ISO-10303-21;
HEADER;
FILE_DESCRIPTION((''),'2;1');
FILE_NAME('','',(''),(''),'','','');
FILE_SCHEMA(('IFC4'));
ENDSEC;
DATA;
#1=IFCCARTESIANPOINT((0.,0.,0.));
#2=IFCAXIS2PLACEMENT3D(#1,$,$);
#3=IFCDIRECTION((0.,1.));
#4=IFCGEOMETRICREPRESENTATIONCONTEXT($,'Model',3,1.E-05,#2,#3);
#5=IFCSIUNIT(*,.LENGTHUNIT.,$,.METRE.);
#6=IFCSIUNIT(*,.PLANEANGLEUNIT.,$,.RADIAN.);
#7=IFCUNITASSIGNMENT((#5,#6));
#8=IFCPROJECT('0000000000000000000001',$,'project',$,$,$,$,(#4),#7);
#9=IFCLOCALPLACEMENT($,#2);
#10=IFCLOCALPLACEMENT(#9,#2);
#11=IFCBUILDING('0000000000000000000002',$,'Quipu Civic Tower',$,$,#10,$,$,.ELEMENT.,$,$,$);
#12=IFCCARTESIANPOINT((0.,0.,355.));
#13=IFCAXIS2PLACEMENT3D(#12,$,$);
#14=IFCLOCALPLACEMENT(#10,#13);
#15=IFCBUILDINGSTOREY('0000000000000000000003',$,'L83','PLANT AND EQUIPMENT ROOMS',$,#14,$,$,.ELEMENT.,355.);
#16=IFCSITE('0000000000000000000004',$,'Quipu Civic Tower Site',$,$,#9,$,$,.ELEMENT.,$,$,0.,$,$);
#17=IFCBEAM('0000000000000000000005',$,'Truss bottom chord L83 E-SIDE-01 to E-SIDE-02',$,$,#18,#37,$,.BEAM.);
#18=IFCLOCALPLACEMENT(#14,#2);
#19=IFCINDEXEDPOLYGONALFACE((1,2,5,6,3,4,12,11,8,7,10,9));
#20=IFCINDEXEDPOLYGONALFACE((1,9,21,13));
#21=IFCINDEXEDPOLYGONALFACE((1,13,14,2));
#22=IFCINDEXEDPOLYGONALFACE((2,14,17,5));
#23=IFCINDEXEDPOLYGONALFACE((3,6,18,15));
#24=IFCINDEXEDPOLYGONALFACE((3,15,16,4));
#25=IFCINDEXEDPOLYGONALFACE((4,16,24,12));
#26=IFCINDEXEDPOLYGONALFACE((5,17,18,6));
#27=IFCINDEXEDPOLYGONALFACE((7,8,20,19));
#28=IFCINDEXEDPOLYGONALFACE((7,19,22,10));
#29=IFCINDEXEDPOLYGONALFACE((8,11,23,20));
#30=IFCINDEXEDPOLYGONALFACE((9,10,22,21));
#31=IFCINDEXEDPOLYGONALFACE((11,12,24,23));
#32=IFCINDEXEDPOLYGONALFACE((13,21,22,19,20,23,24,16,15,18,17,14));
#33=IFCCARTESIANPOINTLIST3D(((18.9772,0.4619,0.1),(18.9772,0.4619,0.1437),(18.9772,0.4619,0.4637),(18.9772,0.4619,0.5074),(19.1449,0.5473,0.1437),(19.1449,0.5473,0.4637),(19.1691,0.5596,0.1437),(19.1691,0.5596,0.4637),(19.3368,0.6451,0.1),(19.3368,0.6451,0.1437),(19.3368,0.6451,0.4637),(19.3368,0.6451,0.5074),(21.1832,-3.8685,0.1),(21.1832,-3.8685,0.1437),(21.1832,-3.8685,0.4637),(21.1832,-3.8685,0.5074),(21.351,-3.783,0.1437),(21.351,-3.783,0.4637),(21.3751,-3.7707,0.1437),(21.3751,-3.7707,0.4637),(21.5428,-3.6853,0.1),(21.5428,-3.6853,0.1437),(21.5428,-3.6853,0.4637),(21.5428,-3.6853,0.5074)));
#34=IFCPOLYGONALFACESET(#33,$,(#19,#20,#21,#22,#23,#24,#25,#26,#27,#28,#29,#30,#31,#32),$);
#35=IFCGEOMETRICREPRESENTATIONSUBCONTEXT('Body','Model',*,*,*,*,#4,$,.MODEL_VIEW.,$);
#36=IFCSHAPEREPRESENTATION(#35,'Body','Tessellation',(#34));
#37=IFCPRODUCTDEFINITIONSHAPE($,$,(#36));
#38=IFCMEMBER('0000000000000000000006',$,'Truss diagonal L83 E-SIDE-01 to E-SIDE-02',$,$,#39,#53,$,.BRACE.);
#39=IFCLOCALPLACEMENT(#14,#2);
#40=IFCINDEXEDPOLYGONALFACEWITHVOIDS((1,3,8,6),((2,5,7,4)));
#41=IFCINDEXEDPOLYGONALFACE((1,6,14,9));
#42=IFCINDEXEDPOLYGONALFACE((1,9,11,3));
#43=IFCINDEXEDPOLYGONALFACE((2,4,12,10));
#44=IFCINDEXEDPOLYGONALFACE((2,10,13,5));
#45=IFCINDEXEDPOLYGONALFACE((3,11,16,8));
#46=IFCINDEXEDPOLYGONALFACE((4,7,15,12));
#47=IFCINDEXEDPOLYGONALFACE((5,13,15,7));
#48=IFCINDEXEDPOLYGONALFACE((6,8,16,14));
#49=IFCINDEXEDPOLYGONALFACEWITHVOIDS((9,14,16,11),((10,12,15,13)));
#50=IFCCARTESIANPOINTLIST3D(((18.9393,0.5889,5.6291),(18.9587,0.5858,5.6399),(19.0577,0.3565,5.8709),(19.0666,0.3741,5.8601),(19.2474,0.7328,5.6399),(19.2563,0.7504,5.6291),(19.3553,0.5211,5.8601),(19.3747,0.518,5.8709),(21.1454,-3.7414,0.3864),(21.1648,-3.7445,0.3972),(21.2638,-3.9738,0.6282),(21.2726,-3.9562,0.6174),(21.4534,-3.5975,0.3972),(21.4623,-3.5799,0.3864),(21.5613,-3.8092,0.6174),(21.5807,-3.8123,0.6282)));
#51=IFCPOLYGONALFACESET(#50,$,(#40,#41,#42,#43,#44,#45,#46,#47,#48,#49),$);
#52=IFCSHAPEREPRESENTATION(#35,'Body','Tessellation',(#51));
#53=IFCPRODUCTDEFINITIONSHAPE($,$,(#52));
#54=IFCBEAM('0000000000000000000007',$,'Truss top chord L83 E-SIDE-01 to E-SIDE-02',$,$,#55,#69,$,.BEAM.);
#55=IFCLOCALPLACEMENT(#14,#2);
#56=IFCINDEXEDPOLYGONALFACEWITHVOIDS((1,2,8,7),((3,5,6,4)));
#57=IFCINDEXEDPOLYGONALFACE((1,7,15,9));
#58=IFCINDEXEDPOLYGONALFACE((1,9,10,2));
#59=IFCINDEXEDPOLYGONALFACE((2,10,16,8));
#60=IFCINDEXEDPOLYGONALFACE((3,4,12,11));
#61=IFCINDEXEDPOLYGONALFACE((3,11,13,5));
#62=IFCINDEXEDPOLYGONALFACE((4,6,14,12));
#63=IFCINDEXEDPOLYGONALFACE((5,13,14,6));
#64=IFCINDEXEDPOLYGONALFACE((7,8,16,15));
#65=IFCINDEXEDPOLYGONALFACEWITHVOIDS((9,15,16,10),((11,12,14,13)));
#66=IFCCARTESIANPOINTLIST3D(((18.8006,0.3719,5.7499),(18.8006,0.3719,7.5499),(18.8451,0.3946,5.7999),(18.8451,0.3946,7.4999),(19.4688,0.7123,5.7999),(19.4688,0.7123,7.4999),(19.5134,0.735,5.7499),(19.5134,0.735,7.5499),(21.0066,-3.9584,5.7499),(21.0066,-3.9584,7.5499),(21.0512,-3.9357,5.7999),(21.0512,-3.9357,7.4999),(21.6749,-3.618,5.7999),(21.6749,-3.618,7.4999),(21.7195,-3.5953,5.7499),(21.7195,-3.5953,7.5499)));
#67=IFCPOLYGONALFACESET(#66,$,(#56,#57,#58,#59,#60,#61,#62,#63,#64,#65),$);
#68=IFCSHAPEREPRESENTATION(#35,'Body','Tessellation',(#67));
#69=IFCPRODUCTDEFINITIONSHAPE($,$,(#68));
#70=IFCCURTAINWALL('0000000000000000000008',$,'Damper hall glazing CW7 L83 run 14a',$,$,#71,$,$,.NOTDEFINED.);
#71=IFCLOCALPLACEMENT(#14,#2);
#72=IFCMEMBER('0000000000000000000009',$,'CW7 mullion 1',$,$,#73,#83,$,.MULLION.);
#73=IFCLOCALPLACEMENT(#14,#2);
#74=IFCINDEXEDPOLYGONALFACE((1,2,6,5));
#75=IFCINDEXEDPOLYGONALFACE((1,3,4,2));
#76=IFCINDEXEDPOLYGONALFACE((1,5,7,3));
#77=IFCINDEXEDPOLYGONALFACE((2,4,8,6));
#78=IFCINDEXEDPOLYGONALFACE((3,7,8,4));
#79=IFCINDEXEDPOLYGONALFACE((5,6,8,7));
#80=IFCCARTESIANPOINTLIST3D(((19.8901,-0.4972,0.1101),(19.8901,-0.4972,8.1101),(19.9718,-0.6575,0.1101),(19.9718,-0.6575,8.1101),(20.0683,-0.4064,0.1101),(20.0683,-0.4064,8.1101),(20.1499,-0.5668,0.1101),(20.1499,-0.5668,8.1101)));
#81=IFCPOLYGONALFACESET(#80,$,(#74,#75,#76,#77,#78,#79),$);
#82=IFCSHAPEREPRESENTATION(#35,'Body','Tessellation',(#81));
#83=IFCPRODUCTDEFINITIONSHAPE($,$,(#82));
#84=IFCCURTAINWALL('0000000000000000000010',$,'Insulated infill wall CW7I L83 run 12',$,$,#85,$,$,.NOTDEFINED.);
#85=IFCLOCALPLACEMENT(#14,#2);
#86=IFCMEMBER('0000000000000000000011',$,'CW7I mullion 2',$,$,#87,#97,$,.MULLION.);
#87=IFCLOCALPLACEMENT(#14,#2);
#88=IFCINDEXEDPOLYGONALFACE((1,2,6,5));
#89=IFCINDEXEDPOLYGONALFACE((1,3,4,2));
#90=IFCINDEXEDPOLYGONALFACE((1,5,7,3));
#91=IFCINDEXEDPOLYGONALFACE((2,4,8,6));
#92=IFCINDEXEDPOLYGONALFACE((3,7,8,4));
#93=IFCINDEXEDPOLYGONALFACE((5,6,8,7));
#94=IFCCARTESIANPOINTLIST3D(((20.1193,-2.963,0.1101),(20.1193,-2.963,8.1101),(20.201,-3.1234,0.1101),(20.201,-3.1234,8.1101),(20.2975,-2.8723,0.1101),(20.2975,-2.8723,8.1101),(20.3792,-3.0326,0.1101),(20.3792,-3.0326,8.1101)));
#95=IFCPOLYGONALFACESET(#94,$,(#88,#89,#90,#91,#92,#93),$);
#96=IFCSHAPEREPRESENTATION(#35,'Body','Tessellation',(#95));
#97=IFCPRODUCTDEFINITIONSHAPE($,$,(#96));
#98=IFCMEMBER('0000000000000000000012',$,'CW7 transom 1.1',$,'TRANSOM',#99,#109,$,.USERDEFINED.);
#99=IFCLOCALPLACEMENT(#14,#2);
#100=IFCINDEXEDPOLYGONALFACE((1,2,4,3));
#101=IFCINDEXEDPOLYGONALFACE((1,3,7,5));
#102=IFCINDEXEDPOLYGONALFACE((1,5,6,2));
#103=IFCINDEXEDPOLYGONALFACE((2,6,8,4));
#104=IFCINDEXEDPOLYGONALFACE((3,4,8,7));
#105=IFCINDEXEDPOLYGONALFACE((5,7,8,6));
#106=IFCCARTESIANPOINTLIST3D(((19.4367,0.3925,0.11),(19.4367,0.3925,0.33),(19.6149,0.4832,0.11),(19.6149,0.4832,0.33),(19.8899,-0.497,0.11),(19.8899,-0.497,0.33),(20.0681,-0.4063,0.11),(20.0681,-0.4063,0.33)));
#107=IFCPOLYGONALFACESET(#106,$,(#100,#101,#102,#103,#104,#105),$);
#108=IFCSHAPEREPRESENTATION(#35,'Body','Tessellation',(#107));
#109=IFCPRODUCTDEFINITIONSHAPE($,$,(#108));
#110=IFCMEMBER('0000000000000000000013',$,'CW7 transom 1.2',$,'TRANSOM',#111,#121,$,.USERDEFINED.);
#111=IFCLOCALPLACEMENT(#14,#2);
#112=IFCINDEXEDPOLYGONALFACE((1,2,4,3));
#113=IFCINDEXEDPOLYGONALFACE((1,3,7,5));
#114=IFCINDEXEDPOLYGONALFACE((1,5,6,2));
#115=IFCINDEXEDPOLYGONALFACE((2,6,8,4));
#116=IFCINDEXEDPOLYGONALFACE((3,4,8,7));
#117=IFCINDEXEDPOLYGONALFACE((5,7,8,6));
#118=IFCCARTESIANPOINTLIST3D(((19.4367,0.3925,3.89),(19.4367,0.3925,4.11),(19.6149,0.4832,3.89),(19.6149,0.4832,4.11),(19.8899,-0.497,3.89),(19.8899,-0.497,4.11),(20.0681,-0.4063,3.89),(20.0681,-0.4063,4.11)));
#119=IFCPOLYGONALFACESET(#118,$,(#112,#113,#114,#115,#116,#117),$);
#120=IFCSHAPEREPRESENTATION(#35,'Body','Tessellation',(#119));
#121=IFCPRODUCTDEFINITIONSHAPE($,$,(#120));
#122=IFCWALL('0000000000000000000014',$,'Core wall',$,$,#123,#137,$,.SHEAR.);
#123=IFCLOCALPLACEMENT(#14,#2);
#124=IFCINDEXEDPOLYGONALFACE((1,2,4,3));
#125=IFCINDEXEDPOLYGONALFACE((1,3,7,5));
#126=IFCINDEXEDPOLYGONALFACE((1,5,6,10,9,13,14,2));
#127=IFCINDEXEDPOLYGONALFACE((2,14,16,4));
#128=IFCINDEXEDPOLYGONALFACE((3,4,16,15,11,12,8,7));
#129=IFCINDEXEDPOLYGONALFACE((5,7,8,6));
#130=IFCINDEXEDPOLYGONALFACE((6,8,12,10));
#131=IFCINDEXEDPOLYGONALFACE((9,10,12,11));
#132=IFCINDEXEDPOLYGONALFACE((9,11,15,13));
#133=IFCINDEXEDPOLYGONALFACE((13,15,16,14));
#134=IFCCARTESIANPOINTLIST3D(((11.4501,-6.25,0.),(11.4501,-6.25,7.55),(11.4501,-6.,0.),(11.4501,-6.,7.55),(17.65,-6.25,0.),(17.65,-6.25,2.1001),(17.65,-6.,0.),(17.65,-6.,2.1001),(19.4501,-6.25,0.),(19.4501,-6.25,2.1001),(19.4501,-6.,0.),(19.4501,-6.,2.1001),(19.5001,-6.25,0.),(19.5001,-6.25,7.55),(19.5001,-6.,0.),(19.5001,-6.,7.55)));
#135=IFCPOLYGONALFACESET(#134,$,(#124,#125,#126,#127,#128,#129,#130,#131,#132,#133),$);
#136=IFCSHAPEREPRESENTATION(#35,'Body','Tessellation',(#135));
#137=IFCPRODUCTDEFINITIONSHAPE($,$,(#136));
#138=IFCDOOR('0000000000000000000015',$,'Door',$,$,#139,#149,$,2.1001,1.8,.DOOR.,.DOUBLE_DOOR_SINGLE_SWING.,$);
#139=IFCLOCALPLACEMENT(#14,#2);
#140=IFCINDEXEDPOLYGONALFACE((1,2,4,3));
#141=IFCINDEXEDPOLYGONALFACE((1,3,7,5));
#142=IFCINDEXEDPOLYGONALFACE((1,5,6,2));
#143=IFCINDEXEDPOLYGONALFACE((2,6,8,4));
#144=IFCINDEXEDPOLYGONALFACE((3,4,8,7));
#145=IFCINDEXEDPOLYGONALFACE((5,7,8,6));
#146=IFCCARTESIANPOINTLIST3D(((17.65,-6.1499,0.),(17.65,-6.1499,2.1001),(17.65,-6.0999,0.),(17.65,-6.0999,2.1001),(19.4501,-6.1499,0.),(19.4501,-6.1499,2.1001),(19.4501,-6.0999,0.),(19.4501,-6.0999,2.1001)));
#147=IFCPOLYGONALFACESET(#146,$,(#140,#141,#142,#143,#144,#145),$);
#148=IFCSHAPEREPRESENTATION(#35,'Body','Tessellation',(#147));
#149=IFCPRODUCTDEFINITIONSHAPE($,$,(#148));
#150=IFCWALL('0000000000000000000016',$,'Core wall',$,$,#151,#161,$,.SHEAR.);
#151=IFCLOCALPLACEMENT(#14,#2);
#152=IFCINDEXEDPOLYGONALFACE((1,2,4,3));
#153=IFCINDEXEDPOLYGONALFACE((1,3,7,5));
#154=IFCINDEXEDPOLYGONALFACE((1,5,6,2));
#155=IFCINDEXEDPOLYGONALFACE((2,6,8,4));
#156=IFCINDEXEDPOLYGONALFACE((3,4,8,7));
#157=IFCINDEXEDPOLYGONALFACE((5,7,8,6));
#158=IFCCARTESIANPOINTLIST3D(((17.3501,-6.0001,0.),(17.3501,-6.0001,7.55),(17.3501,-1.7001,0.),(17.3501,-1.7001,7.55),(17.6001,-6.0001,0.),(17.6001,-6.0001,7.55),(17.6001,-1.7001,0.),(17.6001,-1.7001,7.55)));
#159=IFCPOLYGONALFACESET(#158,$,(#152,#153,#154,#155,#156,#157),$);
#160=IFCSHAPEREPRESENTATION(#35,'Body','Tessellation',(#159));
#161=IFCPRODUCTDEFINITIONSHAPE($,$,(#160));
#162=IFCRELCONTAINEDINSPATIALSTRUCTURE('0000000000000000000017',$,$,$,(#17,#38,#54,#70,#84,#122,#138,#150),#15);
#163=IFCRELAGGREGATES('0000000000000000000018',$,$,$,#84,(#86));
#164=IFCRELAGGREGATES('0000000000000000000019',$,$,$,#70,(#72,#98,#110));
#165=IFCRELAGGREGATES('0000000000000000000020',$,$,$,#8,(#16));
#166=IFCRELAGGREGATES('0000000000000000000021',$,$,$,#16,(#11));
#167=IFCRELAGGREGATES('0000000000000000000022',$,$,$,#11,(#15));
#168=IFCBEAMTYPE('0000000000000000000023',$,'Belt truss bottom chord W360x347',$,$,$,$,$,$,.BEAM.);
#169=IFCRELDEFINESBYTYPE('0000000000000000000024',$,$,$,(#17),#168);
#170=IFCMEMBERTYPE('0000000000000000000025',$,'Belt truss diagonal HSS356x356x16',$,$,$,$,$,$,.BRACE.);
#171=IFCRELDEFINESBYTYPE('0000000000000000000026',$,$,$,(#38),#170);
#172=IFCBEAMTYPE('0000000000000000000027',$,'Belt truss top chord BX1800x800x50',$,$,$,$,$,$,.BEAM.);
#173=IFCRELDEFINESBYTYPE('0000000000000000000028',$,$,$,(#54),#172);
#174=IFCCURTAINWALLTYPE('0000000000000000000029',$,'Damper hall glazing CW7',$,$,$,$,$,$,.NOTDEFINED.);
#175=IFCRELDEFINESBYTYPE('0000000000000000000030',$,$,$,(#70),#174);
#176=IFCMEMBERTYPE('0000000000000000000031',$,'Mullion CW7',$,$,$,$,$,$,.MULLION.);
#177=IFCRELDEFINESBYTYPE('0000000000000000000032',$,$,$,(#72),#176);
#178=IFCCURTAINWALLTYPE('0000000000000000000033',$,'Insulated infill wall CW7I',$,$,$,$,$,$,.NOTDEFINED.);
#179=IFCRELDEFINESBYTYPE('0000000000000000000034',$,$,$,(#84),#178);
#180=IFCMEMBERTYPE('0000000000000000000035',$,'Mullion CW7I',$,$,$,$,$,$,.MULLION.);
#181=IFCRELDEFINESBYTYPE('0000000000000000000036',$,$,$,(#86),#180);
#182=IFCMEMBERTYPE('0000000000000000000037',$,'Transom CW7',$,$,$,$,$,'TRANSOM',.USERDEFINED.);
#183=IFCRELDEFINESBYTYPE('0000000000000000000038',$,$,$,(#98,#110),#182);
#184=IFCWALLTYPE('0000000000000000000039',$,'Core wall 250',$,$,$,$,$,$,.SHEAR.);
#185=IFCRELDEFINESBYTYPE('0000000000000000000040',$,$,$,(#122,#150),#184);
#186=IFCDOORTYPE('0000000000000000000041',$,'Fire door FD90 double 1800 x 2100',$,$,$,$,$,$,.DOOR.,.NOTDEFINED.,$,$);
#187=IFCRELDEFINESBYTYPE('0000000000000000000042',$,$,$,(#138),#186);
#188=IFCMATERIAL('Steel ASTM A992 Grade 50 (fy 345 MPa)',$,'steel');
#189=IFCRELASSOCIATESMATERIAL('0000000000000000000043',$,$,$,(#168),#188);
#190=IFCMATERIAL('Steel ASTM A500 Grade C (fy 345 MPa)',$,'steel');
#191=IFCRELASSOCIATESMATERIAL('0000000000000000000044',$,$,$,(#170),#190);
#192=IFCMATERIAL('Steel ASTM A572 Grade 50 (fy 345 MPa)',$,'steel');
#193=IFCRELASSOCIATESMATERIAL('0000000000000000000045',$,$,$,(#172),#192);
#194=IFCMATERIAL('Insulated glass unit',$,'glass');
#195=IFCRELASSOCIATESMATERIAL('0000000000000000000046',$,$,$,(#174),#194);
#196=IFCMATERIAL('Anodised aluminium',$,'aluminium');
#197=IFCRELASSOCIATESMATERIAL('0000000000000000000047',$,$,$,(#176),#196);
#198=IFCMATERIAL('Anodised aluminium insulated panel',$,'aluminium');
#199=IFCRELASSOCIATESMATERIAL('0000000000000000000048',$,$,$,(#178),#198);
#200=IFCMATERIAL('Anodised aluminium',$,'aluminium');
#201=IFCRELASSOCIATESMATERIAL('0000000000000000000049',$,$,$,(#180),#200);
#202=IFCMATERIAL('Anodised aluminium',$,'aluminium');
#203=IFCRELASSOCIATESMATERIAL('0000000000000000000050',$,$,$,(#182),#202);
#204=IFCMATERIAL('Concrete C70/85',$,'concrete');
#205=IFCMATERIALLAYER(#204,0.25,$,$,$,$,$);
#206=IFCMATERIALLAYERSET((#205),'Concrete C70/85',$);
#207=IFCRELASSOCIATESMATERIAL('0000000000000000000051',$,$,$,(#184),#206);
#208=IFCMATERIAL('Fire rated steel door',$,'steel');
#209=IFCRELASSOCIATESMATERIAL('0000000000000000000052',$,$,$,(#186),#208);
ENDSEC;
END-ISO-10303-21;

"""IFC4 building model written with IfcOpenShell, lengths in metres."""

from ifc_helpers import new_model, si_unit, direction, frame, frame_2d, origin, origin_2d, place, context, subcontext, project, spatial, rectangle, hollow_rectangle, i_section, extrude, material, layer, layer_set, material_profile, profile_set, type_object, element, fill, aggregate, save


model = new_model("IFC4")

# Units and contexts
model_context = context("Model", 3, precision=1e-05, world=origin(), true_north=direction((0.0, 1.0)))
body_context = subcontext(model_context, "Body", "Model", "MODEL_VIEW")
ifc_project = project(units=[si_unit("LENGTHUNIT", "METRE"), si_unit("PLANEANGLEUNIT", "RADIAN")], contexts=[model_context])

# Site, building, storey
site_placement = place(None, origin())
site = spatial("IfcSite", under=ifc_project, at=site_placement, Name="Quipu Civic Tower Site", CompositionType="ELEMENT", RefElevation=0.0)
building_placement = place(site_placement, origin())
building = spatial("IfcBuilding", under=site, at=building_placement, Name="Quipu Civic Tower", CompositionType="ELEMENT")
storey_placement = place(building_placement, frame((0.0, 0.0, 355.0)))
storey = spatial("IfcBuildingStorey", under=building, at=storey_placement, Name="L83", Description="PLANT AND EQUIPMENT ROOMS", CompositionType="ELEMENT", Elevation=355.0)

# Beam
ifc_material_1 = material(Name="Steel ASTM A992 Grade 50 (fy 345 MPa)", Category="steel")
ifc_material_profile_1 = material_profile(ifc_material_1, i_section(OverallWidth=0.4036, OverallDepth=0.4075, WebThickness=0.0271, FlangeThickness=0.0437, at=origin_2d()), Name="W360x347")
ifc_profile_set_1 = profile_set([ifc_material_profile_1], Name="Steel ASTM A992 Grade 50 (fy 345 MPa)")
beam_type_1 = type_object("IfcBeamType", Name="Belt truss bottom chord W360x347", PredefinedType="BEAM", material=ifc_profile_set_1)
beam_1_placement = place(storey_placement, frame((21.363, -3.7769, 0.3037), z_axis=(-0.453933, 0.891036, 0.0), x_axis=(-0.891036, -0.453933, 0.0)))
element("IfcBeam", 1, at=beam_1_placement, inside=storey, type_object=beam_type_1, Name="Truss bottom chord L83 E-SIDE-01 to E-SIDE-02", PredefinedType="BEAM", context=body_context, shape_type="SweptSolid", body=[
    extrude(i_section(OverallWidth=0.4036, OverallDepth=0.4075, WebThickness=0.0271, FlangeThickness=0.0437, at=origin_2d()), origin(), (0.0, 0.0, 1.0), 4.8599),
])

# Member
ifc_material_2 = material(Name="Steel ASTM A500 Grade C (fy 345 MPa)", Category="steel")
ifc_material_profile_2 = material_profile(ifc_material_2, hollow_rectangle(XDim=0.3557, YDim=0.3557, WallThickness=0.0159, at=origin_2d()), Name="HSS356x356x16")
ifc_profile_set_2 = profile_set([ifc_material_profile_2], Name="Steel ASTM A500 Grade C (fy 345 MPa)")
member_type_1 = type_object("IfcMemberType", Name="Belt truss diagonal HSS356x356x16", PredefinedType="BRACE", material=ifc_profile_set_2)
member_1_placement = place(storey_placement, frame((21.363, -3.7769, 0.5073), z_axis=(-0.308595, 0.605749, 0.733374), x_axis=(-0.891036, -0.453933, 0.0)))
element("IfcMember", 2, at=member_1_placement, inside=storey, type_object=member_type_1, Name="Truss diagonal L83 E-SIDE-01 to E-SIDE-02", PredefinedType="BRACE", context=body_context, shape_type="SweptSolid", body=[
    extrude(hollow_rectangle(XDim=0.3557, YDim=0.3557, WallThickness=0.0159, at=origin_2d()), origin(), (0.0, 0.0, 1.0), 7.1487),
])

# Beam
ifc_material_3 = material(Name="Steel ASTM A572 Grade 50 (fy 345 MPa)", Category="steel")
ifc_material_profile_3 = material_profile(ifc_material_3, hollow_rectangle(XDim=0.8, YDim=1.8, WallThickness=0.05, at=origin_2d()), Name="BX1800x800x50")
ifc_profile_set_3 = profile_set([ifc_material_profile_3], Name="Steel ASTM A572 Grade 50 (fy 345 MPa)")
beam_type_2 = type_object("IfcBeamType", Name="Belt truss top chord BX1800x800x50", PredefinedType="BEAM", material=ifc_profile_set_3)
beam_2_placement = place(storey_placement, frame((21.363, -3.7769, 6.6499), z_axis=(-0.453933, 0.891036, 0.0), x_axis=(-0.891036, -0.453933, 0.0)))
element("IfcBeam", 3, at=beam_2_placement, inside=storey, type_object=beam_type_2, Name="Truss top chord L83 E-SIDE-01 to E-SIDE-02", PredefinedType="BEAM", context=body_context, shape_type="SweptSolid", body=[
    extrude(hollow_rectangle(XDim=0.8, YDim=1.8, WallThickness=0.05, at=origin_2d()), origin(), (0.0, 0.0, 1.0), 4.8599),
])

# Curtain walls, members
ifc_material_4 = material(Name="Insulated glass unit", Category="glass")
curtain_wall_type_1 = type_object("IfcCurtainWallType", Name="Damper hall glazing CW7", PredefinedType="NOTDEFINED", material=ifc_material_4)
curtain_wall_1_placement = place(storey_placement, origin())
curtain_wall_1 = element("IfcCurtainWall", 4, at=curtain_wall_1_placement, inside=storey, type_object=curtain_wall_type_1, Name="Damper hall glazing CW7 L83 run 14a", PredefinedType="NOTDEFINED")
ifc_material_5 = material(Name="Anodised aluminium", Category="aluminium")
ifc_material_profile_4 = material_profile(ifc_material_5, rectangle(XDim=0.2, YDim=0.1799, at=origin_2d()), Name="RECT 200x180")
ifc_profile_set_4 = profile_set([ifc_material_profile_4], Name="Anodised aluminium")
member_type_2 = type_object("IfcMemberType", Name="Mullion CW7", PredefinedType="MULLION", material=ifc_profile_set_4)
member_2_placement = place(storey_placement, frame((20.02, -0.532, 0.1101), z_axis=(0.0, 0.0, 1.0), x_axis=(-0.891, -0.454003, 0.0)))
member_2 = element("IfcMember", 5, at=member_2_placement, type_object=member_type_2, Name="CW7 mullion 1", PredefinedType="MULLION", context=body_context, shape_type="SweptSolid", body=[
    extrude(rectangle(XDim=0.2, YDim=0.1799, at=origin_2d()), origin(), (0.0, 0.0, 1.0), 8.0),
])
ifc_material_6 = material(Name="Anodised aluminium insulated panel", Category="aluminium")
curtain_wall_type_2 = type_object("IfcCurtainWallType", Name="Insulated infill wall CW7I", PredefinedType="NOTDEFINED", material=ifc_material_6)
curtain_wall_2_placement = place(storey_placement, origin())
curtain_wall_2 = element("IfcCurtainWall", 6, at=curtain_wall_2_placement, inside=storey, type_object=curtain_wall_type_2, Name="Insulated infill wall CW7I L83 run 12", PredefinedType="NOTDEFINED")
ifc_material_7 = material(Name="Anodised aluminium", Category="aluminium")
ifc_material_profile_5 = material_profile(ifc_material_7, rectangle(XDim=0.2, YDim=0.1799, at=origin_2d()), Name="RECT 200x180")
ifc_profile_set_5 = profile_set([ifc_material_profile_5], Name="Anodised aluminium")
member_type_3 = type_object("IfcMemberType", Name="Mullion CW7I", PredefinedType="MULLION", material=ifc_profile_set_5)
member_3_placement = place(storey_placement, frame((20.2493, -2.9978, 0.1101), z_axis=(0.0, 0.0, 1.0), x_axis=(-0.891001, -0.454002, 0.0)))
member_3 = element("IfcMember", 7, at=member_3_placement, type_object=member_type_3, Name="CW7I mullion 2", PredefinedType="MULLION", context=body_context, shape_type="SweptSolid", body=[
    extrude(rectangle(XDim=0.2, YDim=0.1799, at=origin_2d()), origin(), (0.0, 0.0, 1.0), 8.0),
])
aggregate(curtain_wall_2, [member_3])

# Members
ifc_material_8 = material(Name="Anodised aluminium", Category="aluminium")
ifc_material_profile_6 = material_profile(ifc_material_8, rectangle(XDim=0.2, YDim=0.22, at=origin_2d()), Name="RECT 200x220")
ifc_profile_set_6 = profile_set([ifc_material_profile_6], Name="Anodised aluminium")
member_type_4 = type_object("IfcMemberType", Name="Transom CW7", ElementType="TRANSOM", PredefinedType="USERDEFINED", material=ifc_profile_set_6)
member_4_placement = place(storey_placement, frame((19.979, -0.4517, 0.22), z_axis=(-0.453951, 0.891026, 0.0), x_axis=(-0.891026, -0.453951, 0.0)))
member_4 = element("IfcMember", 8, at=member_4_placement, type_object=member_type_4, Name="CW7 transom 1.1", ObjectType="TRANSOM", PredefinedType="USERDEFINED", context=body_context, shape_type="SweptSolid", body=[
    extrude(rectangle(XDim=0.2, YDim=0.22, at=origin_2d()), origin(), (0.0, 0.0, 1.0), 0.9983),
])
member_5_placement = place(storey_placement, frame((19.979, -0.4517, 4.0), z_axis=(-0.453951, 0.891026, 0.0), x_axis=(-0.891026, -0.453951, 0.0)))
member_5 = element("IfcMember", 9, at=member_5_placement, type_object=member_type_4, Name="CW7 transom 1.2", ObjectType="TRANSOM", PredefinedType="USERDEFINED", context=body_context, shape_type="SweptSolid", body=[
    extrude(rectangle(XDim=0.2, YDim=0.22, at=origin_2d()), origin(), (0.0, 0.0, 1.0), 0.9983),
])
aggregate(curtain_wall_1, [member_2, member_4, member_5])

# Wall, opening, door
ifc_material_9 = material(Name="Concrete C70/85", Category="concrete")
ifc_layer_1 = layer(ifc_material_9, 0.25)
ifc_layer_set_1 = layer_set([ifc_layer_1], Name="Concrete C70/85")
wall_type_1 = type_object("IfcWallType", Name="Core wall 250", PredefinedType="SHEAR", material=ifc_layer_set_1)
wall_1_placement = place(storey_placement, frame((19.5, -6.125, 0.0), z_axis=(0.0, 0.0, 1.0), x_axis=(-1.0, 0.0, 0.0)))
wall_1 = element("IfcWall", 10, at=wall_1_placement, inside=storey, type_object=wall_type_1, Name="Core wall", PredefinedType="SHEAR", context=body_context, shape_type="SweptSolid", body=[
    extrude(rectangle(XDim=8.05, YDim=0.25, at=frame_2d((4.0249, 0.0))), origin(), (0.0, 0.0, 1.0), 7.55),
])
opening_1_placement = place(wall_1_placement, frame((0.05, 0.0, 0.0)))
opening_1 = element("IfcOpeningElement", 11, at=opening_1_placement, cuts=wall_1, PredefinedType="OPENING", context=body_context, shape_type="SweptSolid", body=[
    extrude(rectangle(XDim=1.8, YDim=2.1001, at=frame_2d((0.8999, 1.05))), frame((0.0, 0.135, 0.0), z_axis=(0.0, -1.0, 0.0), x_axis=(1.0, 0.0, 0.0)), (0.0, 0.0, 1.0), 0.27),
])
ifc_material_10 = material(Name="Fire rated steel door", Category="steel")
door_type_1 = type_object("IfcDoorType", Name="Fire door FD90 double 1800 x 2100", OperationType="NOTDEFINED", PredefinedType="DOOR", material=ifc_material_10)
door_1_placement = place(opening_1_placement, origin())
door_1 = element("IfcDoor", 12, at=door_1_placement, inside=storey, type_object=door_type_1, Name="Door", OperationType="DOUBLE_DOOR_SINGLE_SWING", OverallHeight=2.1001, OverallWidth=1.8, PredefinedType="DOOR", context=body_context, shape_type="SweptSolid", body=[
    extrude(rectangle(XDim=1.8, YDim=2.1001, at=frame_2d((0.8999, 1.05))), frame((0.0, 0.0249, 0.0), z_axis=(0.0, -1.0, 0.0), x_axis=(1.0, 0.0, 0.0)), (0.0, 0.0, 1.0), 0.05),
])
fill(opening_1, door_1)

# Wall
wall_2_placement = place(storey_placement, frame((17.4751, -6.0, 0.0), z_axis=(0.0, 0.0, 1.0), x_axis=(0.0, 1.0, 0.0)))
element("IfcWall", 13, at=wall_2_placement, inside=storey, type_object=wall_type_1, Name="Core wall", PredefinedType="SHEAR", context=body_context, shape_type="SweptSolid", body=[
    extrude(rectangle(XDim=4.3, YDim=0.25, at=frame_2d((2.1499, 0.0))), origin(), (0.0, 0.0, 1.0), 7.55),
])

save(model, "model.ifc")
